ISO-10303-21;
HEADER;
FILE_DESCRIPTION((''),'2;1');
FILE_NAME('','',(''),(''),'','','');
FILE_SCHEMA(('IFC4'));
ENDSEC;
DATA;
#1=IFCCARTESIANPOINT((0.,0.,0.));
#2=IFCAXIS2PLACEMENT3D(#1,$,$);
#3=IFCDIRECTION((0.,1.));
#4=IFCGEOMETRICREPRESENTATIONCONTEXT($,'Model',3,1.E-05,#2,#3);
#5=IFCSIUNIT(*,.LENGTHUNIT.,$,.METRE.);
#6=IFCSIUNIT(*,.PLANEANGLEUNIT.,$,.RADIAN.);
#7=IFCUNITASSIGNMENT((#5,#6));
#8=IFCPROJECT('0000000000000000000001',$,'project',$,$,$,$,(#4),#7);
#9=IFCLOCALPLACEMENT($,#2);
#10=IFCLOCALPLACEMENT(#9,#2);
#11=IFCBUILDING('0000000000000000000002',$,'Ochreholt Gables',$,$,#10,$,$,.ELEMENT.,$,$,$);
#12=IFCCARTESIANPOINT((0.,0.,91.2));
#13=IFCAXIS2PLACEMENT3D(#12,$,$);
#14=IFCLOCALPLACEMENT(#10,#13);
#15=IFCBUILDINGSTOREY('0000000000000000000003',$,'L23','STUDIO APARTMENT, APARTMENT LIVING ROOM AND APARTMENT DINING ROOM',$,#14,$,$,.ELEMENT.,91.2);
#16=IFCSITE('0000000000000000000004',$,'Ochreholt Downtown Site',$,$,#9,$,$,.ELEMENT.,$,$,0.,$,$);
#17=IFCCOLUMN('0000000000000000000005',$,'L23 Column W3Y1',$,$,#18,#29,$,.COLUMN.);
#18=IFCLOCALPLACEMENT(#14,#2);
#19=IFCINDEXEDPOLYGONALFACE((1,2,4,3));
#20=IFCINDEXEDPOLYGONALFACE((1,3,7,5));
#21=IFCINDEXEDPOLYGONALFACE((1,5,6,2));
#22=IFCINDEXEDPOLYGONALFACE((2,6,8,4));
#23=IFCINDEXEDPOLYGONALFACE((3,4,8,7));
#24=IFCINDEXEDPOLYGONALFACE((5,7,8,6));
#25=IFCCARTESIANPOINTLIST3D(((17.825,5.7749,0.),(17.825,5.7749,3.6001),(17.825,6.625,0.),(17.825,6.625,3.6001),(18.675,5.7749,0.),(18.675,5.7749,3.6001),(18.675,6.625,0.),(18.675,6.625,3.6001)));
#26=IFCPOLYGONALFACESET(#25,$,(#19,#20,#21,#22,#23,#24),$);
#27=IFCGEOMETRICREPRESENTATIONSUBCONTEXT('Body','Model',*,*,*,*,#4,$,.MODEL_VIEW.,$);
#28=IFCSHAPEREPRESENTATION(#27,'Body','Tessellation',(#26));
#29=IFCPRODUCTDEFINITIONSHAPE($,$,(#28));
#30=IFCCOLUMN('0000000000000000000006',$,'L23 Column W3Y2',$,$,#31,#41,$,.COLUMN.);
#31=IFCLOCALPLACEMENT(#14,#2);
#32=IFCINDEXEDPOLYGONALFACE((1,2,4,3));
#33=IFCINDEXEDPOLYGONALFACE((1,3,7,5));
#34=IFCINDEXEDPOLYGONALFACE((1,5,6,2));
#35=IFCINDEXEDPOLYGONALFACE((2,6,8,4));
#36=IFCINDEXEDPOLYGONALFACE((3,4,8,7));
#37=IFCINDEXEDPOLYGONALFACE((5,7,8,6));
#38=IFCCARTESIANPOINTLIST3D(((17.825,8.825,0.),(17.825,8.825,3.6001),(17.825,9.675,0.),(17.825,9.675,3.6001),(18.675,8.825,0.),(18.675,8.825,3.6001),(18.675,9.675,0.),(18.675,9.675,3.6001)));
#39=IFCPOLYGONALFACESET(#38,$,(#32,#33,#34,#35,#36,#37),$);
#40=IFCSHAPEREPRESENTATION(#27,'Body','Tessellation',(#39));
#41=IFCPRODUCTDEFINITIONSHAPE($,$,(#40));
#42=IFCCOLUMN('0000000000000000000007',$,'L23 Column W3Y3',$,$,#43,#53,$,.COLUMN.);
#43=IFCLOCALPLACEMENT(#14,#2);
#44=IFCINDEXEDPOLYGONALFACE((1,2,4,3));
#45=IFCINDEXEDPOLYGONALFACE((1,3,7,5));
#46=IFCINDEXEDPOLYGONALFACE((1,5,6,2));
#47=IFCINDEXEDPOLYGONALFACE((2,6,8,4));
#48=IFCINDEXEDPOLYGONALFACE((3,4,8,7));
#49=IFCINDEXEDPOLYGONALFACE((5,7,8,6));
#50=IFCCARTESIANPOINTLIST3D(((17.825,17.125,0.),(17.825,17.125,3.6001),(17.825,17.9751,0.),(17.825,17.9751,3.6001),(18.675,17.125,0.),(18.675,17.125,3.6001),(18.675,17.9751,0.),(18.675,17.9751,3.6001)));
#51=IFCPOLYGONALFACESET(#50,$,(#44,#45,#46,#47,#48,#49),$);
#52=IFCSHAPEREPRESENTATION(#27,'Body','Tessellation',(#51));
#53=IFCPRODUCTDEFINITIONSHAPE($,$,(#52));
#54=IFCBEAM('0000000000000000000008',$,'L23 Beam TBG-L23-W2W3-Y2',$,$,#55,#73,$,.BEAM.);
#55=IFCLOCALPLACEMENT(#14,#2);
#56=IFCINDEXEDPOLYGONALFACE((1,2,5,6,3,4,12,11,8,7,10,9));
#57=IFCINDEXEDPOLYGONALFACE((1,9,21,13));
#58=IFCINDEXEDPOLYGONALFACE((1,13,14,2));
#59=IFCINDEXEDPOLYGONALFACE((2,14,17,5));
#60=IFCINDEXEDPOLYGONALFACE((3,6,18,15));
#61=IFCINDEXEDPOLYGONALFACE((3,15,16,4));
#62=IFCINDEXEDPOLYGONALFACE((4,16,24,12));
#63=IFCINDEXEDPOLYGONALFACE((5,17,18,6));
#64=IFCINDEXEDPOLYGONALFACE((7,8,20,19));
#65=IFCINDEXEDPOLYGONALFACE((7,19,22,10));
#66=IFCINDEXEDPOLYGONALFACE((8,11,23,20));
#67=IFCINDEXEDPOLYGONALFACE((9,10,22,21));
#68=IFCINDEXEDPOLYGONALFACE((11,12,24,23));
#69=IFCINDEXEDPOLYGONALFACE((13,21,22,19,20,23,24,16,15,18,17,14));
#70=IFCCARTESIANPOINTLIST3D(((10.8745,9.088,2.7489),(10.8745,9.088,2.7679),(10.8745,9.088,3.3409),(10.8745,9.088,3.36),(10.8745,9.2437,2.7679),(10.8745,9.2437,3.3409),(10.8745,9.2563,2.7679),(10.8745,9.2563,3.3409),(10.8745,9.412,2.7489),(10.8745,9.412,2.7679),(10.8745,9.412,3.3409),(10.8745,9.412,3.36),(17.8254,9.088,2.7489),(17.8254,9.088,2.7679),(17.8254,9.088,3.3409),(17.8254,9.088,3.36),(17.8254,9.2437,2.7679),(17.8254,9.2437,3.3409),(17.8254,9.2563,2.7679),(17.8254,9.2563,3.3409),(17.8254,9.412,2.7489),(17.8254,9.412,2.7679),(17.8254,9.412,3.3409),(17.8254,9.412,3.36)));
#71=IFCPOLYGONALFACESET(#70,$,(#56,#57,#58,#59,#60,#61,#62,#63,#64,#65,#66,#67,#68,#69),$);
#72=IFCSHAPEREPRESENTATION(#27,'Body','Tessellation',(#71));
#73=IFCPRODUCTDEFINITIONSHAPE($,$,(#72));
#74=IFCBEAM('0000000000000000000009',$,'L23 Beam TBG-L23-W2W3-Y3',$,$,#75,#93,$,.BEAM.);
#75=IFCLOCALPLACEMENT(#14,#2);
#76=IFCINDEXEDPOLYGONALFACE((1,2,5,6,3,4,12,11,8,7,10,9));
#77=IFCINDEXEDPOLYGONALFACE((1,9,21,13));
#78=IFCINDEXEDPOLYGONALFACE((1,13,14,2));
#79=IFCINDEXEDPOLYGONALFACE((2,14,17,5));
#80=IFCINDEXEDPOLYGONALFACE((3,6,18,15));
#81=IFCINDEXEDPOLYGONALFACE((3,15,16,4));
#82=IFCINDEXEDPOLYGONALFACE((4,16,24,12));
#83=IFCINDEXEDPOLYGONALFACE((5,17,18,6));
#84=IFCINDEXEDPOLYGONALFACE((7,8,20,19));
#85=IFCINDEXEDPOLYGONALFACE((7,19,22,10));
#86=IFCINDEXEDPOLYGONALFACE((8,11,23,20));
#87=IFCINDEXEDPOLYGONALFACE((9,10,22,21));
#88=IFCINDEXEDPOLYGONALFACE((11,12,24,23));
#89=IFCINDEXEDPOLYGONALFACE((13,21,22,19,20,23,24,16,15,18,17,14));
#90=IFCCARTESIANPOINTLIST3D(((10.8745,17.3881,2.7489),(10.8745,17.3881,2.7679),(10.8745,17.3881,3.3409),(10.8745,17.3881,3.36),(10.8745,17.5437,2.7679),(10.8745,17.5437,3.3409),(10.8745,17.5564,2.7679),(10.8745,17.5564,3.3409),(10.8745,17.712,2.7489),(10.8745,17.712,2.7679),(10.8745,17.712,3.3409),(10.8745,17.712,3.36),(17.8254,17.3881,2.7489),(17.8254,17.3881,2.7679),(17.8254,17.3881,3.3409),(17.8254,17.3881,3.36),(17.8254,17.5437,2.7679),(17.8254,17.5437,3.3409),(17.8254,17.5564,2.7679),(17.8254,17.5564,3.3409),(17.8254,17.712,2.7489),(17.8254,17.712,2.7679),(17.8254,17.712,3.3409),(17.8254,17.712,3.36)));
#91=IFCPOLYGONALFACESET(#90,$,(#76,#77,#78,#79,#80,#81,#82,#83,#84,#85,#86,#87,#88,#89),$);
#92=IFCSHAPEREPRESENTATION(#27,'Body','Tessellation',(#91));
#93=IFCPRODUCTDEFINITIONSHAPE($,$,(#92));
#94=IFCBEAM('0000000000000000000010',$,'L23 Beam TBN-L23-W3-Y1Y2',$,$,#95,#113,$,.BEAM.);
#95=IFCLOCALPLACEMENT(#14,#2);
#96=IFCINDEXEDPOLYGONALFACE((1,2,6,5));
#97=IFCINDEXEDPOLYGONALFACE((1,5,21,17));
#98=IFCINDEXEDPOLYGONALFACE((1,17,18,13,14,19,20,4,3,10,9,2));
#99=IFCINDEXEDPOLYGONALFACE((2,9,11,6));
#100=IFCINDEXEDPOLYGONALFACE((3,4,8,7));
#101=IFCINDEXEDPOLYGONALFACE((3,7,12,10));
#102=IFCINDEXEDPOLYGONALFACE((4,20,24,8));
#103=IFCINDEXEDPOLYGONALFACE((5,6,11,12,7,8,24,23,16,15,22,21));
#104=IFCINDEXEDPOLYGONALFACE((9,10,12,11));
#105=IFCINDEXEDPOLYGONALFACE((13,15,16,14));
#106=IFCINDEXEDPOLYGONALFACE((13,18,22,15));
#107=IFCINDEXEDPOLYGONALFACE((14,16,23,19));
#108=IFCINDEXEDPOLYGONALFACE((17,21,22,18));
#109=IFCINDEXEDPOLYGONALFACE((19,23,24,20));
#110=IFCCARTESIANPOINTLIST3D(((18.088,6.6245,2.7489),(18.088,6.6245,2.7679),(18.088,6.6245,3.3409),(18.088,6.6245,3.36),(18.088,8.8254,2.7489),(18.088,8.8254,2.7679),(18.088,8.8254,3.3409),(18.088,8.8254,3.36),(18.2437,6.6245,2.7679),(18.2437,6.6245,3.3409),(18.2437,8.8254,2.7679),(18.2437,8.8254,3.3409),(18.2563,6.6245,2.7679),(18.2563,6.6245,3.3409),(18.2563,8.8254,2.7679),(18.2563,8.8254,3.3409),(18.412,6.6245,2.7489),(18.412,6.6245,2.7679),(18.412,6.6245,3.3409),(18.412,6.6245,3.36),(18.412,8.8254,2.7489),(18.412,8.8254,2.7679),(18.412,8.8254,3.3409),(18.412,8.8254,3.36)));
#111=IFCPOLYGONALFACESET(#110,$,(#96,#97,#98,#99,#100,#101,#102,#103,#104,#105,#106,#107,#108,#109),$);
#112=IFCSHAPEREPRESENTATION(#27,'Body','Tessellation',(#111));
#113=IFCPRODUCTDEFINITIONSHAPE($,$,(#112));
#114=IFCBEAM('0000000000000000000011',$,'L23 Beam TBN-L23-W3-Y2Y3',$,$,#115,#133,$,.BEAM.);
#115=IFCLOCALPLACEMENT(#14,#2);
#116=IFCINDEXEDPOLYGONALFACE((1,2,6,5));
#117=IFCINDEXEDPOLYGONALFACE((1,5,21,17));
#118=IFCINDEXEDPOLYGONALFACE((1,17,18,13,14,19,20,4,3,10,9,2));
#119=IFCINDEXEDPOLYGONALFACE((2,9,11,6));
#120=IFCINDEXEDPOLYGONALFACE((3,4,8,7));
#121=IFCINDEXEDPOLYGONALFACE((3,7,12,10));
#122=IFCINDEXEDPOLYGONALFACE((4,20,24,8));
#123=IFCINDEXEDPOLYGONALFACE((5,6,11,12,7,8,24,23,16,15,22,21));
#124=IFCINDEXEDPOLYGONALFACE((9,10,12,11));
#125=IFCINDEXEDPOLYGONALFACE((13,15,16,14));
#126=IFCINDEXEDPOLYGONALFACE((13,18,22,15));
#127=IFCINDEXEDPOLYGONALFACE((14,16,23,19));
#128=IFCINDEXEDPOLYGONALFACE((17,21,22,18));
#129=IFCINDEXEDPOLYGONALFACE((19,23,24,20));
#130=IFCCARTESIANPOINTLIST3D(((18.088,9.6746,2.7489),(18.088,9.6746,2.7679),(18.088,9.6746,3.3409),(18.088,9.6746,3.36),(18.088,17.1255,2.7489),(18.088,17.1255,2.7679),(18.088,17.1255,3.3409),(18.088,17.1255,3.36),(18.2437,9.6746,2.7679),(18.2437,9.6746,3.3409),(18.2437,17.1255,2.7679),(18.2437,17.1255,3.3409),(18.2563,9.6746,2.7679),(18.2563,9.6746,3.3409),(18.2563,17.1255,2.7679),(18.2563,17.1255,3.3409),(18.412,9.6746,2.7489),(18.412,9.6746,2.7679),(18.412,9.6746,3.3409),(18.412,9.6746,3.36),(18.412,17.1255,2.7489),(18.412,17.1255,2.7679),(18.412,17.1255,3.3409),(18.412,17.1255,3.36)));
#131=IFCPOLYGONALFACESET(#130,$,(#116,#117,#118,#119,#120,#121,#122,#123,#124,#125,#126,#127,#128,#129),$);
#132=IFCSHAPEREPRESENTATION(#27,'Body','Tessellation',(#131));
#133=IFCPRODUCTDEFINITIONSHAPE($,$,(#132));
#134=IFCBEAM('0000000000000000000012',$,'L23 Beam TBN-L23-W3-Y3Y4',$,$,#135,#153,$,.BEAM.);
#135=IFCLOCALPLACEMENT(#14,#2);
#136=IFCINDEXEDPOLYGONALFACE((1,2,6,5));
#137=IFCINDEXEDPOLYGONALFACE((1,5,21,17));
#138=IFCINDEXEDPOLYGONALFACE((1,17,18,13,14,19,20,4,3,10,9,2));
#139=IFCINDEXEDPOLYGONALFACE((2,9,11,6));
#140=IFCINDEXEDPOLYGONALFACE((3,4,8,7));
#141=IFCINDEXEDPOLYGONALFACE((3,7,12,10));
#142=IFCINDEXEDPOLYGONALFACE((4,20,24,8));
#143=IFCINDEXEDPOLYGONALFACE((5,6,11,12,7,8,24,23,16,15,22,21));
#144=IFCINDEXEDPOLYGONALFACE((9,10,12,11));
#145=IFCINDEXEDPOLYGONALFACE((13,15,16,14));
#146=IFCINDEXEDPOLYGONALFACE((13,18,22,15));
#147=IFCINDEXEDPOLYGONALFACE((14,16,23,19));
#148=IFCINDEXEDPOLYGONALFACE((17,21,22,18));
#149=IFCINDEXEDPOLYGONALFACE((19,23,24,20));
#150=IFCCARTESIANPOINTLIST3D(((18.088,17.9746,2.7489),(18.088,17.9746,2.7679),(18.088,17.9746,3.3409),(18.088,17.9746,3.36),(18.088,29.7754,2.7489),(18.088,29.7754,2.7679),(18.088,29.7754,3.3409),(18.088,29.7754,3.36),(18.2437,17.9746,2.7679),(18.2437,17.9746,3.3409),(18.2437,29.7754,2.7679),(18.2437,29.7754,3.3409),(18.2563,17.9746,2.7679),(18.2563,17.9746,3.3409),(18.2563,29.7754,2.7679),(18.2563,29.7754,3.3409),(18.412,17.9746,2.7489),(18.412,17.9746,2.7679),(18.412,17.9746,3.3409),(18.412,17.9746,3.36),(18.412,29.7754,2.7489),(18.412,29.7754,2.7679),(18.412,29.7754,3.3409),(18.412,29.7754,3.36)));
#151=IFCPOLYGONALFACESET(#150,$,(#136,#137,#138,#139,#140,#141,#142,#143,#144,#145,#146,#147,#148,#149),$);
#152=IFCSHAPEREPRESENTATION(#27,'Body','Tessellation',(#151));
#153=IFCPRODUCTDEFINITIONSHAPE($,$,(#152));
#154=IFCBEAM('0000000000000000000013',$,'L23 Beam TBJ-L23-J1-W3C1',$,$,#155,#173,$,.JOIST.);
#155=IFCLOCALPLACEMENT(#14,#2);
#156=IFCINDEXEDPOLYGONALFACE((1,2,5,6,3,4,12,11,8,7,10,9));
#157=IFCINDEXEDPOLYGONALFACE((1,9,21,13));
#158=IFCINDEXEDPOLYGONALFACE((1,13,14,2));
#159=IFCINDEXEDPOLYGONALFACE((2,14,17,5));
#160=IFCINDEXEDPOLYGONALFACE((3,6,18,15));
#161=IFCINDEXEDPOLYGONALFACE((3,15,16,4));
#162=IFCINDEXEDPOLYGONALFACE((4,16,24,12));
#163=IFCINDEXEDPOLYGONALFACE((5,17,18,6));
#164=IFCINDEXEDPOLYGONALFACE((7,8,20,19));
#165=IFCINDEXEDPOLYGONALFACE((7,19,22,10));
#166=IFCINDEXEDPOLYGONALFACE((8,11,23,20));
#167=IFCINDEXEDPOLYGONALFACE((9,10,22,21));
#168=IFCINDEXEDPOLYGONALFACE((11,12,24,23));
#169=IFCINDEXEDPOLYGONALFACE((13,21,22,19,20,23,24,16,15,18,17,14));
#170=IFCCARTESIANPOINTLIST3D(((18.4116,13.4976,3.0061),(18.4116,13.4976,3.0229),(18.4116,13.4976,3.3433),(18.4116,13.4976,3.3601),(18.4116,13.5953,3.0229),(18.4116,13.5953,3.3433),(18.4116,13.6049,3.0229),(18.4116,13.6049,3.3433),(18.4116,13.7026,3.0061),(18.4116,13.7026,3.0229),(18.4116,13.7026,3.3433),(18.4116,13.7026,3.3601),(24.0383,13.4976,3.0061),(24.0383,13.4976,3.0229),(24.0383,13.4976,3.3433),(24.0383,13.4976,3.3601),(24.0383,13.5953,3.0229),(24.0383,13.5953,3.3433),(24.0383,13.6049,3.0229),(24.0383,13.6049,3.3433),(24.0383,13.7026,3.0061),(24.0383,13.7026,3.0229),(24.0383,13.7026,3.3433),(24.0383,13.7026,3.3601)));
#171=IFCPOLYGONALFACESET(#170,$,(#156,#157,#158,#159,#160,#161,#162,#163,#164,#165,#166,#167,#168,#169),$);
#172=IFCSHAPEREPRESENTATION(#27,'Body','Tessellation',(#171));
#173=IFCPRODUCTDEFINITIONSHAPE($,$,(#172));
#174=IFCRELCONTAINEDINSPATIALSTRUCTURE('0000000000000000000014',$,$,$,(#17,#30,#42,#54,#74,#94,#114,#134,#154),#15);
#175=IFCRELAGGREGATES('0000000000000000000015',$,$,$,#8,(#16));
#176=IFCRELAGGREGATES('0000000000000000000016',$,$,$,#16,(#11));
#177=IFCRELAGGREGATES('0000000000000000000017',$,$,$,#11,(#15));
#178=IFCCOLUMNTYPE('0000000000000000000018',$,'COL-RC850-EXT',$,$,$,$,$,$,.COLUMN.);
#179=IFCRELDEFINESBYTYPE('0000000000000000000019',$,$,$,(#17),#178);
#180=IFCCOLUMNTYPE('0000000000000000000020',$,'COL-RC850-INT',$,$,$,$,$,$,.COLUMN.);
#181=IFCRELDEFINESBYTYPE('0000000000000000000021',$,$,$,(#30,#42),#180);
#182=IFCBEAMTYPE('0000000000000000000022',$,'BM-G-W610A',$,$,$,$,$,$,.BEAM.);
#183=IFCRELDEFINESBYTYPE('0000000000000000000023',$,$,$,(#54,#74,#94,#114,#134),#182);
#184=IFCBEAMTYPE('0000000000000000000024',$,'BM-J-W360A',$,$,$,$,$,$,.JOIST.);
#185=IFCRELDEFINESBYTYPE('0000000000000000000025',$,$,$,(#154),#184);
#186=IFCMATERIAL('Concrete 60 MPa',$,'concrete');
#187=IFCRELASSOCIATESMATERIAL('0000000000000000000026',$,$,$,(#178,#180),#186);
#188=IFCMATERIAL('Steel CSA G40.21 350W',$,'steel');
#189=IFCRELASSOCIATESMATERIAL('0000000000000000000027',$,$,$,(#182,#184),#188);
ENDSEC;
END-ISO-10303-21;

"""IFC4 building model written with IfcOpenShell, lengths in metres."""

from ifc_helpers import new_model, si_unit, direction, frame, origin, origin_2d, place, context, subcontext, project, spatial, rectangle, i_section, extrude, material, material_profile, profile_set, type_object, element, save


model = new_model("IFC4")

# Units and contexts
model_context = context("Model", 3, precision=1e-05, world=origin(), true_north=direction((0.0, 1.0)))
body_context = subcontext(model_context, "Body", "Model", "MODEL_VIEW")
ifc_project = project(units=[si_unit("LENGTHUNIT", "METRE"), si_unit("PLANEANGLEUNIT", "RADIAN")], contexts=[model_context])

# Site, building, storey
site_placement = place(None, origin())
site = spatial("IfcSite", under=ifc_project, at=site_placement, Name="Ochreholt Downtown Site", CompositionType="ELEMENT", RefElevation=0.0)
building_placement = place(site_placement, origin())
building = spatial("IfcBuilding", under=site, at=building_placement, Name="Ochreholt Gables", CompositionType="ELEMENT")
storey_placement = place(building_placement, frame((0.0, 0.0, 91.2)))
storey = spatial("IfcBuildingStorey", under=building, at=storey_placement, Name="L23", Description="STUDIO APARTMENT, APARTMENT LIVING ROOM AND APARTMENT DINING ROOM", CompositionType="ELEMENT", Elevation=91.2)

# Columns
ifc_material_1 = material(Name="Concrete 60 MPa", Category="concrete")
ifc_material_profile_1 = material_profile(ifc_material_1, rectangle(XDim=0.8501, YDim=0.8501, at=origin_2d()), Name="RC850X850")
ifc_profile_set_1 = profile_set([ifc_material_profile_1], Name="Concrete 60 MPa")
column_type_1 = type_object("IfcColumnType", Name="COL-RC850-EXT", PredefinedType="COLUMN", material=ifc_profile_set_1)
column_placement = place(storey_placement, frame((18.25, 6.2, 0.0), z_axis=(0.0, 0.0, 1.0), x_axis=(1.0, 0.0, 0.0)))
element("IfcColumn", 1, at=column_placement, inside=storey, type_object=column_type_1, Name="L23 Column W3Y1", PredefinedType="COLUMN", context=body_context, shape_type="SweptSolid", body=[
    extrude(rectangle(XDim=0.8501, YDim=0.8501, at=origin_2d()), origin(), (0.0, 0.0, 1.0), 3.6001),
])
ifc_material_profile_2 = material_profile(ifc_material_1, rectangle(XDim=0.8501, YDim=0.8501, at=origin_2d()), Name="RC850X850")
ifc_profile_set_2 = profile_set([ifc_material_profile_2], Name="Concrete 60 MPa")
column_type_2 = type_object("IfcColumnType", Name="COL-RC850-INT", PredefinedType="COLUMN", material=ifc_profile_set_2)
for number, where, z_axis, x_axis, name in (
    (2, (18.25, 9.25, 0.0), (0.0, 0.0, 1.0), (1.0, 0.0, 0.0), "L23 Column W3Y2"),
    (3, (18.25, 17.55, 0.0), (0.0, 0.0, 1.0), (1.0, 0.0, 0.0), "L23 Column W3Y3"),
):
    element("IfcColumn", number, at=place(storey_placement, frame(where, z_axis=z_axis, x_axis=x_axis)), inside=storey, type_object=column_type_2, Name=name, PredefinedType="COLUMN", context=body_context, shape_type="SweptSolid", body=[
        extrude(rectangle(XDim=0.8501, YDim=0.8501, at=origin_2d()), origin(), (0.0, 0.0, 1.0), 3.6001),
    ])

# Beams
ifc_material_2 = material(Name="Steel CSA G40.21 350W", Category="steel")
ifc_material_profile_3 = material_profile(ifc_material_2, i_section(OverallWidth=0.324, OverallDepth=0.6111, WebThickness=0.0127, FlangeThickness=0.019, at=origin_2d()), Name="W610X155")
ifc_profile_set_3 = profile_set([ifc_material_profile_3], Name="Steel CSA G40.21 350W")
beam_type_1 = type_object("IfcBeamType", Name="BM-G-W610A", PredefinedType="BEAM", material=ifc_profile_set_3)
for number, where, z_axis, x_axis, name in (
    (4, (10.8745, 9.25, 3.0544), (1.0, 0.0, 0.0), (0.0, 1.0, 0.0), "L23 Beam TBG-L23-W2W3-Y2"),
    (5, (10.8745, 17.55, 3.0544), (1.0, 0.0, 0.0), (0.0, 1.0, 0.0), "L23 Beam TBG-L23-W2W3-Y3"),
):
    element("IfcBeam", number, at=place(storey_placement, frame(where, z_axis=z_axis, x_axis=x_axis)), inside=storey, type_object=beam_type_1, Name=name, PredefinedType="BEAM", context=body_context, shape_type="SweptSolid", body=[
        extrude(i_section(OverallWidth=0.324, OverallDepth=0.6111, WebThickness=0.0127, FlangeThickness=0.019, at=origin_2d()), origin(), (0.0, 0.0, 1.0), 6.9509),
    ])
beam_1_placement = place(storey_placement, frame((18.25, 6.6245, 3.0544), z_axis=(0.0, 1.0, 0.0), x_axis=(-1.0, 0.0, 0.0)))
element("IfcBeam", 6, at=beam_1_placement, inside=storey, type_object=beam_type_1, Name="L23 Beam TBN-L23-W3-Y1Y2", PredefinedType="BEAM", context=body_context, shape_type="SweptSolid", body=[
    extrude(i_section(OverallWidth=0.324, OverallDepth=0.6111, WebThickness=0.0127, FlangeThickness=0.019, at=origin_2d()), origin(), (0.0, 0.0, 1.0), 2.2009),
])
beam_2_placement = place(storey_placement, frame((18.25, 9.6746, 3.0544), z_axis=(0.0, 1.0, 0.0), x_axis=(-1.0, 0.0, 0.0)))
element("IfcBeam", 7, at=beam_2_placement, inside=storey, type_object=beam_type_1, Name="L23 Beam TBN-L23-W3-Y2Y3", PredefinedType="BEAM", context=body_context, shape_type="SweptSolid", body=[
    extrude(i_section(OverallWidth=0.324, OverallDepth=0.6111, WebThickness=0.0127, FlangeThickness=0.019, at=origin_2d()), origin(), (0.0, 0.0, 1.0), 7.4509),
])
beam_3_placement = place(storey_placement, frame((18.25, 17.9746, 3.0544), z_axis=(0.0, 1.0, 0.0), x_axis=(-1.0, 0.0, 0.0)))
element("IfcBeam", 8, at=beam_3_placement, inside=storey, type_object=beam_type_1, Name="L23 Beam TBN-L23-W3-Y3Y4", PredefinedType="BEAM", context=body_context, shape_type="SweptSolid", body=[
    extrude(i_section(OverallWidth=0.324, OverallDepth=0.6111, WebThickness=0.0127, FlangeThickness=0.019, at=origin_2d()), origin(), (0.0, 0.0, 1.0), 11.8008),
])
ifc_material_profile_4 = material_profile(ifc_material_2, i_section(OverallWidth=0.2051, OverallDepth=0.354, WebThickness=0.0095, FlangeThickness=0.0168, at=origin_2d()), Name="W360X79")
ifc_profile_set_4 = profile_set([ifc_material_profile_4], Name="Steel CSA G40.21 350W")
beam_type_2 = type_object("IfcBeamType", Name="BM-J-W360A", PredefinedType="JOIST", material=ifc_profile_set_4)
beam_4_placement = place(storey_placement, frame((18.4116, 13.6001, 3.1831), z_axis=(1.0, 0.0, 0.0), x_axis=(0.0, 1.0, 0.0)))
element("IfcBeam", 9, at=beam_4_placement, inside=storey, type_object=beam_type_2, Name="L23 Beam TBJ-L23-J1-W3C1", PredefinedType="JOIST", context=body_context, shape_type="SweptSolid", body=[
    extrude(i_section(OverallWidth=0.2051, OverallDepth=0.354, WebThickness=0.0095, FlangeThickness=0.0168, at=origin_2d()), origin(), (0.0, 0.0, 1.0), 5.6267),
])

save(model, "model.ifc")
